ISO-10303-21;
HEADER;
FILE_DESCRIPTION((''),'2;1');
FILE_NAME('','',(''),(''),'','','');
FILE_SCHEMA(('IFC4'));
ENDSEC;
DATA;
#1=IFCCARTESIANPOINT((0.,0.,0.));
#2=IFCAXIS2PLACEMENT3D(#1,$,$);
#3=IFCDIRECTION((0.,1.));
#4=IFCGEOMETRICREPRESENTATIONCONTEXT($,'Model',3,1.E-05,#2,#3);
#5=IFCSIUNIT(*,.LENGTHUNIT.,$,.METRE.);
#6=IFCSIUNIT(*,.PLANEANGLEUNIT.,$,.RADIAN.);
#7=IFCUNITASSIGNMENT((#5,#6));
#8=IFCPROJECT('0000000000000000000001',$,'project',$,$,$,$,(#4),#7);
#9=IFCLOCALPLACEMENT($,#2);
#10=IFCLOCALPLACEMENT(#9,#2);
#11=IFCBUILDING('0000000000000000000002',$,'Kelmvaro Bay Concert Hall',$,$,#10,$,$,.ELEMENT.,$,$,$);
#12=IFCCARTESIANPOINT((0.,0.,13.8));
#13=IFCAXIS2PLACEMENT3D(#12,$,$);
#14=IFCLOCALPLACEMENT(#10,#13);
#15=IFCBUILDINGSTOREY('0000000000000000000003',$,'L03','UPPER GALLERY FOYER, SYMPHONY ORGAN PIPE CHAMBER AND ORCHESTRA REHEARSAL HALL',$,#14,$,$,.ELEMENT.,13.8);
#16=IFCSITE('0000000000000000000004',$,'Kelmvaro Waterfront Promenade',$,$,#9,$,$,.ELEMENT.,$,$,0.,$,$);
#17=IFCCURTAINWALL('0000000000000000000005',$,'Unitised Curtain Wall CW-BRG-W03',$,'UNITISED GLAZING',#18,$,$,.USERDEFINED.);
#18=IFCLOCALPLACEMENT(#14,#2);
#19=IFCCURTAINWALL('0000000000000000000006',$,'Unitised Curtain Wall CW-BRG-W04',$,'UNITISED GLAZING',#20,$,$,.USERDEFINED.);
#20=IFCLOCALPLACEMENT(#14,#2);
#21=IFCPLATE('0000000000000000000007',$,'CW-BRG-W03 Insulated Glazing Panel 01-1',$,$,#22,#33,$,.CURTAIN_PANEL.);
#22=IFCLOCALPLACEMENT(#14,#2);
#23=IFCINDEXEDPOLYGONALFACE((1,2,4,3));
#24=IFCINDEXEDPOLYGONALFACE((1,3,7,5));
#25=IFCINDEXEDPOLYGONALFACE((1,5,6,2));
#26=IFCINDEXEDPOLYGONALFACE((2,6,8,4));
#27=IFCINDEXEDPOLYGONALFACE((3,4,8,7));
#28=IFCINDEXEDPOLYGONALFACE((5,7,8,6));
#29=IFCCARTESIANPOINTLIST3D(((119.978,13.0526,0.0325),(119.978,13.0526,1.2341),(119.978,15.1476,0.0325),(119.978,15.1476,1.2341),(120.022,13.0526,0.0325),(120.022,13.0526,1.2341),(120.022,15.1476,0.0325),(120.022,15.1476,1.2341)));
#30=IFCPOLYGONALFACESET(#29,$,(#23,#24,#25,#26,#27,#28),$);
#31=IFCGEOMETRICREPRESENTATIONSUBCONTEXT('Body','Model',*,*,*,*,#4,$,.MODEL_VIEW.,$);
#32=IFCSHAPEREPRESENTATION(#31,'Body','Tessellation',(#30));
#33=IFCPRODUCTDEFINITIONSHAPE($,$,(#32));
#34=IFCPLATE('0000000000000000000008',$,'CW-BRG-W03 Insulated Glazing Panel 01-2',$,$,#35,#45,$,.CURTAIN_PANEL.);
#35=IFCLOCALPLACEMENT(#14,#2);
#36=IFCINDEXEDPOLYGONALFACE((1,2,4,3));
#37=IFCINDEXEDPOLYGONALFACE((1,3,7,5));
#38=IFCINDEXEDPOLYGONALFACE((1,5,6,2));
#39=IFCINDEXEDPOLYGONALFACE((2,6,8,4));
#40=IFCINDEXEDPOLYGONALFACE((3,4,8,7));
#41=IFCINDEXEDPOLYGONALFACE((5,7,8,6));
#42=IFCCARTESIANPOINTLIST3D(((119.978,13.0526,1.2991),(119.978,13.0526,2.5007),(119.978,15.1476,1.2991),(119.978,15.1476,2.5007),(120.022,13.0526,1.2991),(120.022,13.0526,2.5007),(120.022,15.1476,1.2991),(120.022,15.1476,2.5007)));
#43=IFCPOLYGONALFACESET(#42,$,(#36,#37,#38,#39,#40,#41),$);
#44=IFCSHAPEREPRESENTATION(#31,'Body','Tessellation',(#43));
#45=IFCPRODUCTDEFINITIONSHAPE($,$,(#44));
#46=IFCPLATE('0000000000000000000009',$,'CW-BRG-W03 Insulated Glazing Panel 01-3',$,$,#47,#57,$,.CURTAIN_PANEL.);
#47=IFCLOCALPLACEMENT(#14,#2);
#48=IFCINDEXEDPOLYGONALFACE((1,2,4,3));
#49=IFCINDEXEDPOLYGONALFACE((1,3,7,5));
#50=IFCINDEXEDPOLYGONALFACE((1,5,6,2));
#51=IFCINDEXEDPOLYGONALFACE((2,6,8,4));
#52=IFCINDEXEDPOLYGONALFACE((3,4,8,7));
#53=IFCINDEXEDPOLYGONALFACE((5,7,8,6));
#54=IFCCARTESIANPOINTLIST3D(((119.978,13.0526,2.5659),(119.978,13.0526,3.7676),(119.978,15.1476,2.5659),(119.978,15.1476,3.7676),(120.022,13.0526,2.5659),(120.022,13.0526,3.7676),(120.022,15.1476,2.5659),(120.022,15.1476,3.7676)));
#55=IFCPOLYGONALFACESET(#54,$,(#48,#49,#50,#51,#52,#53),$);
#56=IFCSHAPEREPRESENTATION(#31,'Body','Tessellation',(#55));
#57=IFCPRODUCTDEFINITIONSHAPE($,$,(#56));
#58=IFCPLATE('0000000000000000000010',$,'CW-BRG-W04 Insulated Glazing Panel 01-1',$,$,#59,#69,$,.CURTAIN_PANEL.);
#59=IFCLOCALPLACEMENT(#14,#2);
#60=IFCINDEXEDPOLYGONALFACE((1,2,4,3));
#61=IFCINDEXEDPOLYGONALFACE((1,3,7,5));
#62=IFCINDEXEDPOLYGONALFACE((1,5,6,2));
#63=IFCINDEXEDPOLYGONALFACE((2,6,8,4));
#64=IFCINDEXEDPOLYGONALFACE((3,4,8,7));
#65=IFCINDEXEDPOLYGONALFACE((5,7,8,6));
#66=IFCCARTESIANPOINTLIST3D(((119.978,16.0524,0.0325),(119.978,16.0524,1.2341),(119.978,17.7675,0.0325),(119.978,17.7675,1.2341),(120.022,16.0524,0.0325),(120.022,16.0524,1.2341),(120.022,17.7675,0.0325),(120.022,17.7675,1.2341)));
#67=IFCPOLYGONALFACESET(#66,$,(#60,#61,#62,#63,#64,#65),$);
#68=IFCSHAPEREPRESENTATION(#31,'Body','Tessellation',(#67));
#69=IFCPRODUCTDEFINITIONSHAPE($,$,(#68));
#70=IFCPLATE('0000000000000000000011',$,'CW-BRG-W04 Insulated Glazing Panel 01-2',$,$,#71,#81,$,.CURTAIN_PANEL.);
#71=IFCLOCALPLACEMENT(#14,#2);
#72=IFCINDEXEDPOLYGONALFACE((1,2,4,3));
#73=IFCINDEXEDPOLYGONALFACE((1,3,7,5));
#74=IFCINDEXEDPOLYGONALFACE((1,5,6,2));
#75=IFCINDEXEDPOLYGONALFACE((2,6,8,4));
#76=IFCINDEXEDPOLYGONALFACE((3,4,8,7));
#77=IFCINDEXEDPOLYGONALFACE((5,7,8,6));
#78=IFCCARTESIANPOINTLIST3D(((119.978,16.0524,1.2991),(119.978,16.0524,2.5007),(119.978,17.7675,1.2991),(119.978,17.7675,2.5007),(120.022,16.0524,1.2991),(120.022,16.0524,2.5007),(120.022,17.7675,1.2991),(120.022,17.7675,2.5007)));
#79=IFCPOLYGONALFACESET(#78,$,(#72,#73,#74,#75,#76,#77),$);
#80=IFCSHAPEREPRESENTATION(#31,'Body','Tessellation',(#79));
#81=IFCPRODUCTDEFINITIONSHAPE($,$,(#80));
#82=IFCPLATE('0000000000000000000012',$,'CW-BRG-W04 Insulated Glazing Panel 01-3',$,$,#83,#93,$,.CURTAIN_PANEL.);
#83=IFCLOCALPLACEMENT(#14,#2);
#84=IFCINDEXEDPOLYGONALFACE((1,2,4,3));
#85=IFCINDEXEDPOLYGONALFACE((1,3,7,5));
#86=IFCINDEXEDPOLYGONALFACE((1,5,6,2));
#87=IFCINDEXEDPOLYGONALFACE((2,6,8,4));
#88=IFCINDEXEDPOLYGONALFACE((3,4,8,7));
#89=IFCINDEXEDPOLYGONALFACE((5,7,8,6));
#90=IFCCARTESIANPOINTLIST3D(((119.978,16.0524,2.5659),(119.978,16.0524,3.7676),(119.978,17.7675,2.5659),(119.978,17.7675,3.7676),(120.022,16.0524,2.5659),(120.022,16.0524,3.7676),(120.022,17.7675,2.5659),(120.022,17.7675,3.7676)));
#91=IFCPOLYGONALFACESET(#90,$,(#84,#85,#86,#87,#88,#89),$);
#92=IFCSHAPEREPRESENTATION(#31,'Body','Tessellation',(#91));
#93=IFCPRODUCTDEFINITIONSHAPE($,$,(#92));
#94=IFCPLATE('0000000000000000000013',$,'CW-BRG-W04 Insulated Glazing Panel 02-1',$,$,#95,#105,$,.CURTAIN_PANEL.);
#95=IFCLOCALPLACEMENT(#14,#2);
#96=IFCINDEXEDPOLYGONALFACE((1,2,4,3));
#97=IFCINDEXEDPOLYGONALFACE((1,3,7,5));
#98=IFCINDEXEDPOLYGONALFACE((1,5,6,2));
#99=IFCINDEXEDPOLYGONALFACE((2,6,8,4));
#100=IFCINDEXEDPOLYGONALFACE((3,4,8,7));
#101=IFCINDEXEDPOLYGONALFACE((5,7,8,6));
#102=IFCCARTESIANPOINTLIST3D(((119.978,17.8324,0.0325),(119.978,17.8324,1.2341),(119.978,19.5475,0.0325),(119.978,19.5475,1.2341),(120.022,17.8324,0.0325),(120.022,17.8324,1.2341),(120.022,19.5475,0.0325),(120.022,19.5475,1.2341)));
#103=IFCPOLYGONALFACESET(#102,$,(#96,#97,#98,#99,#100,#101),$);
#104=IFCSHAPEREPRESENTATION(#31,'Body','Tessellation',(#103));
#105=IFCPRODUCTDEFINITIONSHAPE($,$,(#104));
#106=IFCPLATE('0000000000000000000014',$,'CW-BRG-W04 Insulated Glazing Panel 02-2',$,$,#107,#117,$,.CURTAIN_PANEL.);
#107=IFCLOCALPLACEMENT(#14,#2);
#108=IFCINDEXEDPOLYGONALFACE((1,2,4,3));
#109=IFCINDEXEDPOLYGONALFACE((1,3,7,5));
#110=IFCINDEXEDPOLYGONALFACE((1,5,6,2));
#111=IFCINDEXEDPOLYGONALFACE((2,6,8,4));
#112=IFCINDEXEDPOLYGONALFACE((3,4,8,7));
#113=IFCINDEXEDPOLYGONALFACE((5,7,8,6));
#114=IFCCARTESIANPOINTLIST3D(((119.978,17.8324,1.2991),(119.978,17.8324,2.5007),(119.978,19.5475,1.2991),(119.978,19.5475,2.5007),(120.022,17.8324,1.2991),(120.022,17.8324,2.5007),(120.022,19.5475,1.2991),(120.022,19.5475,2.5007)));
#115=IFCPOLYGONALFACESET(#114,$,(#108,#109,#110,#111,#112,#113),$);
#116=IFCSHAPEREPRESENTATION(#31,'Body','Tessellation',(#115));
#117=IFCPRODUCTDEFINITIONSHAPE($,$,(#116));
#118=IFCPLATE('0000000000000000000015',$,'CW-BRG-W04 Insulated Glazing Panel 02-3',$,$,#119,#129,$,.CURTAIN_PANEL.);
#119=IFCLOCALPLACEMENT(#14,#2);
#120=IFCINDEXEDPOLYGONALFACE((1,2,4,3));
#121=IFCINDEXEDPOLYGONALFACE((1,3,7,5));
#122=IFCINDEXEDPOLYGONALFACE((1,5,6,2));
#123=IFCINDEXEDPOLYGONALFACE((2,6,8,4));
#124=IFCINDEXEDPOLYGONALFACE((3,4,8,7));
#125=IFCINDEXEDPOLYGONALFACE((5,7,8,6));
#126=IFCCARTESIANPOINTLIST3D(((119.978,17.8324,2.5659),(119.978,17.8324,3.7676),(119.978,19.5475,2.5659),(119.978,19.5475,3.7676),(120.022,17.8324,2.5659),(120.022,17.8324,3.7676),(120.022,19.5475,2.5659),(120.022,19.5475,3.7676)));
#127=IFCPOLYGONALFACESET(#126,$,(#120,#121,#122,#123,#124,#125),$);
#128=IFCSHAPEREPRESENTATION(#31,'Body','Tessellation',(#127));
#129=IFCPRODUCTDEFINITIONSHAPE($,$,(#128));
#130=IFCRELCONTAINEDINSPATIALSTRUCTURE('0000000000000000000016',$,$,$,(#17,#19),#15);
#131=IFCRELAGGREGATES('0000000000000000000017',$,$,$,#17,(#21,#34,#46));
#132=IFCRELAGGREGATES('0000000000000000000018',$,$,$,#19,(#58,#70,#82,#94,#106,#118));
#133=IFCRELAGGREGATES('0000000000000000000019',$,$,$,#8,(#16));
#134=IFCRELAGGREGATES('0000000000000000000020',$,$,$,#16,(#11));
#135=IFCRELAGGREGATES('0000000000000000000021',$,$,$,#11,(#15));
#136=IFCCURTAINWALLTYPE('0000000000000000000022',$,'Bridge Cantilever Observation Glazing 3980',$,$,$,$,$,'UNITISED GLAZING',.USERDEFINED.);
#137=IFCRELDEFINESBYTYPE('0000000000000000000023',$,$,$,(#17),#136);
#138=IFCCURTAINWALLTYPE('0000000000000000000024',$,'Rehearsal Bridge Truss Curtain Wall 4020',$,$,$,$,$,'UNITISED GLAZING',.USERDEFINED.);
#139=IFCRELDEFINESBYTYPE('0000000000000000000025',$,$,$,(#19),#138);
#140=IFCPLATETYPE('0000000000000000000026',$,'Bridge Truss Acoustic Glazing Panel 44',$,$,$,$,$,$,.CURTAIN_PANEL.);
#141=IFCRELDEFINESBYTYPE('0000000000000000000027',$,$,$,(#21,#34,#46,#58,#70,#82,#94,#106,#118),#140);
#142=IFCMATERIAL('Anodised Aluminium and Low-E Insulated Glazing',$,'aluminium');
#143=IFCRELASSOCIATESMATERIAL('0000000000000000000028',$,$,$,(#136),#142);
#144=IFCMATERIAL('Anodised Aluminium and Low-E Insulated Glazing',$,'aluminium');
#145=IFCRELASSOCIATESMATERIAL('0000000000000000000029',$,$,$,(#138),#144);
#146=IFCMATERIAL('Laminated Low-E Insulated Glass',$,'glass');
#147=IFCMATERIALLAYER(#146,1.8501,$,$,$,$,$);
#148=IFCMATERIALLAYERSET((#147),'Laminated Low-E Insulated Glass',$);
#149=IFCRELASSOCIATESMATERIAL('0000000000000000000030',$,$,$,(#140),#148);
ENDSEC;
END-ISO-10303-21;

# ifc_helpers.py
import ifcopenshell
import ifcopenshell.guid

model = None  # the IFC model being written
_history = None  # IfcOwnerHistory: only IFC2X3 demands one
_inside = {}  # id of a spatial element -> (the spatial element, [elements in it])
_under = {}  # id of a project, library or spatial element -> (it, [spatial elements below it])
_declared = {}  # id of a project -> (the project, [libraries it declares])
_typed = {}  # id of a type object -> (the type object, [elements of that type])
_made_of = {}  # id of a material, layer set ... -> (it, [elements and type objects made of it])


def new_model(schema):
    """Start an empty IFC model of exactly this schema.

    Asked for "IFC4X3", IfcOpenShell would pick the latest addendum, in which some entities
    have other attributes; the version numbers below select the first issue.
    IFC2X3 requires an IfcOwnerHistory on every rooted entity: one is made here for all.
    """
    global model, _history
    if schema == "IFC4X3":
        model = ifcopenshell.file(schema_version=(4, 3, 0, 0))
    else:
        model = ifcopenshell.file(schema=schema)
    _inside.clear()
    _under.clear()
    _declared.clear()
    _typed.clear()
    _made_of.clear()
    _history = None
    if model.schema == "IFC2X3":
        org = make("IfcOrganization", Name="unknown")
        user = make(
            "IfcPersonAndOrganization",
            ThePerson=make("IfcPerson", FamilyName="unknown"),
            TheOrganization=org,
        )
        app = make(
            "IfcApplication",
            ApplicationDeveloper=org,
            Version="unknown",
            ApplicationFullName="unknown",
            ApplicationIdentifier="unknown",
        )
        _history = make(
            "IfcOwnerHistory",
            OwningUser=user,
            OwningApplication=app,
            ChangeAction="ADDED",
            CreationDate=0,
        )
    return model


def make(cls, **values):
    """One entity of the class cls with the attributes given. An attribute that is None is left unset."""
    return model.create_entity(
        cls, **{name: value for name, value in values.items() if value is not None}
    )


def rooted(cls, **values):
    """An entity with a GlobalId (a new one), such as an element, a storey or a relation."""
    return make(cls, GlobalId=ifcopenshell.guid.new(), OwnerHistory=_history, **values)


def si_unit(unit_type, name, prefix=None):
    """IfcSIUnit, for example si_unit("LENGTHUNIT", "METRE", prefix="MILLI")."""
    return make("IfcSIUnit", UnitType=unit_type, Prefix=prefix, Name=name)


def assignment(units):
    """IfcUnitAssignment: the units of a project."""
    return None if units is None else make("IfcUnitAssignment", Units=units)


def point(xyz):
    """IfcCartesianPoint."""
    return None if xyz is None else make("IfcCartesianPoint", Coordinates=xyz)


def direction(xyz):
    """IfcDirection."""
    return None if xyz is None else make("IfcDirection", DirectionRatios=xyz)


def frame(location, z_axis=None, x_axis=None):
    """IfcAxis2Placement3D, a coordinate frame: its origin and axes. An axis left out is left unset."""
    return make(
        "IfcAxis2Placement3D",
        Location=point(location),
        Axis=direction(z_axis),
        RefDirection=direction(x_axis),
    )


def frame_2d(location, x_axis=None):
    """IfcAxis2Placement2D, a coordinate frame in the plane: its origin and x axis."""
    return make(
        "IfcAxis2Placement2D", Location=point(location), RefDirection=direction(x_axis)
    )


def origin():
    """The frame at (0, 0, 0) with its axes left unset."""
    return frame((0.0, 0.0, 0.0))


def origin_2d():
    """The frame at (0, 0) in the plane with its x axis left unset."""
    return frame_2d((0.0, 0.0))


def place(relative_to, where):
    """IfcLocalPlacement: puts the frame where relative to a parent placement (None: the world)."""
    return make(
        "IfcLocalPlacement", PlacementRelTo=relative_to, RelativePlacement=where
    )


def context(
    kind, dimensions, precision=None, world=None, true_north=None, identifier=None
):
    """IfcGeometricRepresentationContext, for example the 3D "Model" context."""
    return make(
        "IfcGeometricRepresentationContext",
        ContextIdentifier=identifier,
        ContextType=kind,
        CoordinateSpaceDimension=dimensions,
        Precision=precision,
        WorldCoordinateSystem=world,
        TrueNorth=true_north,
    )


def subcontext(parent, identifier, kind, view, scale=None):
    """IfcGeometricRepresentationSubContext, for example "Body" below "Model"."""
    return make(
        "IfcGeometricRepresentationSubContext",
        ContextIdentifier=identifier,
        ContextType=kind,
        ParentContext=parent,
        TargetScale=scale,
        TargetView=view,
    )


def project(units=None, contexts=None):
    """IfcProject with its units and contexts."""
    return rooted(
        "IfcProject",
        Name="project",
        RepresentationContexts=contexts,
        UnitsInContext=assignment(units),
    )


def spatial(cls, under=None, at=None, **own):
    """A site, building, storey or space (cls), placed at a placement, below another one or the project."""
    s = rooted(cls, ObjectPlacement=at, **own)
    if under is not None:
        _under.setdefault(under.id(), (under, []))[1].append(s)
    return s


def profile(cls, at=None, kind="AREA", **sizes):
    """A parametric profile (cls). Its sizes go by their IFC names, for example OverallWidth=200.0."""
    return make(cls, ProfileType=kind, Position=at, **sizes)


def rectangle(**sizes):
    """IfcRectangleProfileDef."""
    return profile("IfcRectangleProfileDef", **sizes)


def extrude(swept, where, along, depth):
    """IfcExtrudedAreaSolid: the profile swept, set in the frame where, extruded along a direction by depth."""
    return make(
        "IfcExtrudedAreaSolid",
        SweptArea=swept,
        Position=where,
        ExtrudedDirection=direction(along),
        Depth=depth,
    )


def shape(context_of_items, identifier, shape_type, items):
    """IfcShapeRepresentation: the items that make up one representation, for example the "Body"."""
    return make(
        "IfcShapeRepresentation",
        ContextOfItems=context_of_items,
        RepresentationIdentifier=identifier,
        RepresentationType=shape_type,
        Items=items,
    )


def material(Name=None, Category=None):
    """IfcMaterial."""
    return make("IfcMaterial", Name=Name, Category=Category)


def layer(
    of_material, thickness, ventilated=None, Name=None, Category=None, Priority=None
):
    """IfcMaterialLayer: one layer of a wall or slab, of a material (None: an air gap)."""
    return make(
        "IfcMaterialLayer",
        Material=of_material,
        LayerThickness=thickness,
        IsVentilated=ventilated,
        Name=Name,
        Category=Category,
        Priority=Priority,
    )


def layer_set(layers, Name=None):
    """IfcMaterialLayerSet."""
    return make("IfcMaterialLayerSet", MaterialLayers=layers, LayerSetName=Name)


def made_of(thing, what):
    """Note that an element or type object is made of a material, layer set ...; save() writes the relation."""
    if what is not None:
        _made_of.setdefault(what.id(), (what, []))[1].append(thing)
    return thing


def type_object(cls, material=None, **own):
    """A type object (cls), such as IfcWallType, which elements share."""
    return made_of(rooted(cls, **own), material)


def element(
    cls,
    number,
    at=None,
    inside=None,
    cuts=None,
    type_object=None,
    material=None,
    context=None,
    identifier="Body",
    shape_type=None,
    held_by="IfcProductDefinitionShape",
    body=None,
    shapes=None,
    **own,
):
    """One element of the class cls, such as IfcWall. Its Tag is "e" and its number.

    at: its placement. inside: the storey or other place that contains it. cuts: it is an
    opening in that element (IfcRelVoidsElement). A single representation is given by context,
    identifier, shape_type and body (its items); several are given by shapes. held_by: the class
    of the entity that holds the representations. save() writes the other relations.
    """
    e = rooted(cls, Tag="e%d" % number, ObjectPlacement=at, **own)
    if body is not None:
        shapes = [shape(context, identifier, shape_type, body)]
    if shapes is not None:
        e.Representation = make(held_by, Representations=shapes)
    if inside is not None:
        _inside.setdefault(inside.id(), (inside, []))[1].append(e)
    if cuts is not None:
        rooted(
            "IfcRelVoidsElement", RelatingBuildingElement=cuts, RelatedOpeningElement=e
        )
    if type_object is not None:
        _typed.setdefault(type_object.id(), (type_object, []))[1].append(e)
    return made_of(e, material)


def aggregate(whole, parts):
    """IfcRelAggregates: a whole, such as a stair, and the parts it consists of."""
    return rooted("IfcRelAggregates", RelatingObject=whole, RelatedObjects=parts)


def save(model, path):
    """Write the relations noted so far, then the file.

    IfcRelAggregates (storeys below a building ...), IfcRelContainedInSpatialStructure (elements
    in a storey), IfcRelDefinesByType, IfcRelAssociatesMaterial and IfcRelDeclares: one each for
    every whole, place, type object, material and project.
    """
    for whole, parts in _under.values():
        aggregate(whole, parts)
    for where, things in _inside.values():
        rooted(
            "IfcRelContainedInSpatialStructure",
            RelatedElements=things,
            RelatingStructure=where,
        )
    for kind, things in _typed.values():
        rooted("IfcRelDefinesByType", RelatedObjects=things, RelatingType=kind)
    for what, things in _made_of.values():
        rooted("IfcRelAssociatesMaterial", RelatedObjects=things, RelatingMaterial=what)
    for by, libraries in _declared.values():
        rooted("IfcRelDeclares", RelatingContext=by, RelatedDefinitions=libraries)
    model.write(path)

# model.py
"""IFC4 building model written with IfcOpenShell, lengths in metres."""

from ifc_helpers import new_model, si_unit, direction, frame, origin, origin_2d, place, context, subcontext, project, spatial, rectangle, extrude, material, layer, layer_set, type_object, element, aggregate, save


model = new_model("IFC4")

# Units and contexts
model_context = context("Model", 3, precision=1e-05, world=origin(), true_north=direction((0.0, 1.0)))
body_context = subcontext(model_context, "Body", "Model", "MODEL_VIEW")
ifc_project = project(units=[si_unit("LENGTHUNIT", "METRE"), si_unit("PLANEANGLEUNIT", "RADIAN")], contexts=[model_context])

# Site, building, storey
site_placement = place(None, origin())
site = spatial("IfcSite", under=ifc_project, at=site_placement, Name="Kelmvaro Waterfront Promenade", CompositionType="ELEMENT", RefElevation=0.0)
building_placement = place(site_placement, origin())
building = spatial("IfcBuilding", under=site, at=building_placement, Name="Kelmvaro Bay Concert Hall", CompositionType="ELEMENT")
storey_placement = place(building_placement, frame((0.0, 0.0, 13.8)))
storey = spatial("IfcBuildingStorey", under=building, at=storey_placement, Name="L03", Description="UPPER GALLERY FOYER, SYMPHONY ORGAN PIPE CHAMBER AND ORCHESTRA REHEARSAL HALL", CompositionType="ELEMENT", Elevation=13.8)

# Curtain walls
ifc_material_1 = material(Name="Anodised Aluminium and Low-E Insulated Glazing", Category="aluminium")
curtain_wall_type_1 = type_object("IfcCurtainWallType", Name="Bridge Cantilever Observation Glazing 3980", ElementType="UNITISED GLAZING", PredefinedType="USERDEFINED", material=ifc_material_1)
curtain_wall_1_placement = place(storey_placement, origin())
curtain_wall_1 = element("IfcCurtainWall", 1, at=curtain_wall_1_placement, inside=storey, type_object=curtain_wall_type_1, Name="Unitised Curtain Wall CW-BRG-W03", ObjectType="UNITISED GLAZING", PredefinedType="USERDEFINED")
ifc_material_2 = material(Name="Anodised Aluminium and Low-E Insulated Glazing", Category="aluminium")
curtain_wall_type_2 = type_object("IfcCurtainWallType", Name="Rehearsal Bridge Truss Curtain Wall 4020", ElementType="UNITISED GLAZING", PredefinedType="USERDEFINED", material=ifc_material_2)
curtain_wall_2_placement = place(storey_placement, origin())
curtain_wall_2 = element("IfcCurtainWall", 2, at=curtain_wall_2_placement, inside=storey, type_object=curtain_wall_type_2, Name="Unitised Curtain Wall CW-BRG-W04", ObjectType="UNITISED GLAZING", PredefinedType="USERDEFINED")

# Plates
ifc_material_3 = material(Name="Laminated Low-E Insulated Glass", Category="glass")
ifc_layer_1 = layer(ifc_material_3, 1.8501)
ifc_layer_set_1 = layer_set([ifc_layer_1], Name="Laminated Low-E Insulated Glass")
plate_type_1 = type_object("IfcPlateType", Name="Bridge Truss Acoustic Glazing Panel 44", PredefinedType="CURTAIN_PANEL", material=ifc_layer_set_1)
plate_1_placement = place(storey_placement, frame((120.0, 14.1001, 0.0325), z_axis=(0.0, 0.0, 1.0), x_axis=(0.0, 1.0, 0.0)))
plate_1 = element("IfcPlate", 3, at=plate_1_placement, type_object=plate_type_1, Name="CW-BRG-W03 Insulated Glazing Panel 01-1", PredefinedType="CURTAIN_PANEL", context=body_context, shape_type="SweptSolid", body=[
    extrude(rectangle(XDim=2.095, YDim=0.0439, at=origin_2d()), origin(), (0.0, 0.0, 1.0), 1.2017),
])
plate_2_placement = place(storey_placement, frame((120.0, 14.1001, 1.2991), z_axis=(0.0, 0.0, 1.0), x_axis=(0.0, 1.0, 0.0)))
plate_2 = element("IfcPlate", 4, at=plate_2_placement, type_object=plate_type_1, Name="CW-BRG-W03 Insulated Glazing Panel 01-2", PredefinedType="CURTAIN_PANEL", context=body_context, shape_type="SweptSolid", body=[
    extrude(rectangle(XDim=2.095, YDim=0.0439, at=origin_2d()), origin(), (0.0, 0.0, 1.0), 1.2017),
])
plate_3_placement = place(storey_placement, frame((120.0, 14.1001, 2.5659), z_axis=(0.0, 0.0, 1.0), x_axis=(0.0, 1.0, 0.0)))
plate_3 = element("IfcPlate", 5, at=plate_3_placement, type_object=plate_type_1, Name="CW-BRG-W03 Insulated Glazing Panel 01-3", PredefinedType="CURTAIN_PANEL", context=body_context, shape_type="SweptSolid", body=[
    extrude(rectangle(XDim=2.095, YDim=0.0439, at=origin_2d()), origin(), (0.0, 0.0, 1.0), 1.2017),
])
aggregate(curtain_wall_1, [plate_1, plate_2, plate_3])
plate_4_placement = place(storey_placement, frame((120.0, 16.9099, 0.0325), z_axis=(0.0, 0.0, 1.0), x_axis=(0.0, 1.0, 0.0)))
plate_4 = element("IfcPlate", 6, at=plate_4_placement, type_object=plate_type_1, Name="CW-BRG-W04 Insulated Glazing Panel 01-1", PredefinedType="CURTAIN_PANEL", context=body_context, shape_type="SweptSolid", body=[
    extrude(rectangle(XDim=1.7151, YDim=0.0439, at=origin_2d()), origin(), (0.0, 0.0, 1.0), 1.2017),
])
plate_5_placement = place(storey_placement, frame((120.0, 16.9099, 1.2991), z_axis=(0.0, 0.0, 1.0), x_axis=(0.0, 1.0, 0.0)))
plate_5 = element("IfcPlate", 7, at=plate_5_placement, type_object=plate_type_1, Name="CW-BRG-W04 Insulated Glazing Panel 01-2", PredefinedType="CURTAIN_PANEL", context=body_context, shape_type="SweptSolid", body=[
    extrude(rectangle(XDim=1.7151, YDim=0.0439, at=origin_2d()), origin(), (0.0, 0.0, 1.0), 1.2017),
])
plate_6_placement = place(storey_placement, frame((120.0, 16.9099, 2.5659), z_axis=(0.0, 0.0, 1.0), x_axis=(0.0, 1.0, 0.0)))
plate_6 = element("IfcPlate", 8, at=plate_6_placement, type_object=plate_type_1, Name="CW-BRG-W04 Insulated Glazing Panel 01-3", PredefinedType="CURTAIN_PANEL", context=body_context, shape_type="SweptSolid", body=[
    extrude(rectangle(XDim=1.7151, YDim=0.0439, at=origin_2d()), origin(), (0.0, 0.0, 1.0), 1.2017),
])
plate_7_placement = place(storey_placement, frame((120.0, 18.6899, 0.0325), z_axis=(0.0, 0.0, 1.0), x_axis=(0.0, 1.0, 0.0)))
plate_7 = element("IfcPlate", 9, at=plate_7_placement, type_object=plate_type_1, Name="CW-BRG-W04 Insulated Glazing Panel 02-1", PredefinedType="CURTAIN_PANEL", context=body_context, shape_type="SweptSolid", body=[
    extrude(rectangle(XDim=1.7151, YDim=0.0439, at=origin_2d()), origin(), (0.0, 0.0, 1.0), 1.2017),
])
plate_8_placement = place(storey_placement, frame((120.0, 18.6899, 1.2991), z_axis=(0.0, 0.0, 1.0), x_axis=(0.0, 1.0, 0.0)))
plate_8 = element("IfcPlate", 10, at=plate_8_placement, type_object=plate_type_1, Name="CW-BRG-W04 Insulated Glazing Panel 02-2", PredefinedType="CURTAIN_PANEL", context=body_context, shape_type="SweptSolid", body=[
    extrude(rectangle(XDim=1.7151, YDim=0.0439, at=origin_2d()), origin(), (0.0, 0.0, 1.0), 1.2017),
])
plate_9_placement = place(storey_placement, frame((120.0, 18.6899, 2.5659), z_axis=(0.0, 0.0, 1.0), x_axis=(0.0, 1.0, 0.0)))
plate_9 = element("IfcPlate", 11, at=plate_9_placement, type_object=plate_type_1, Name="CW-BRG-W04 Insulated Glazing Panel 02-3", PredefinedType="CURTAIN_PANEL", context=body_context, shape_type="SweptSolid", body=[
    extrude(rectangle(XDim=1.7151, YDim=0.0439, at=origin_2d()), origin(), (0.0, 0.0, 1.0), 1.2017),
])
aggregate(curtain_wall_2, [plate_4, plate_5, plate_6, plate_7, plate_8, plate_9])

save(model, "model.ifc")
